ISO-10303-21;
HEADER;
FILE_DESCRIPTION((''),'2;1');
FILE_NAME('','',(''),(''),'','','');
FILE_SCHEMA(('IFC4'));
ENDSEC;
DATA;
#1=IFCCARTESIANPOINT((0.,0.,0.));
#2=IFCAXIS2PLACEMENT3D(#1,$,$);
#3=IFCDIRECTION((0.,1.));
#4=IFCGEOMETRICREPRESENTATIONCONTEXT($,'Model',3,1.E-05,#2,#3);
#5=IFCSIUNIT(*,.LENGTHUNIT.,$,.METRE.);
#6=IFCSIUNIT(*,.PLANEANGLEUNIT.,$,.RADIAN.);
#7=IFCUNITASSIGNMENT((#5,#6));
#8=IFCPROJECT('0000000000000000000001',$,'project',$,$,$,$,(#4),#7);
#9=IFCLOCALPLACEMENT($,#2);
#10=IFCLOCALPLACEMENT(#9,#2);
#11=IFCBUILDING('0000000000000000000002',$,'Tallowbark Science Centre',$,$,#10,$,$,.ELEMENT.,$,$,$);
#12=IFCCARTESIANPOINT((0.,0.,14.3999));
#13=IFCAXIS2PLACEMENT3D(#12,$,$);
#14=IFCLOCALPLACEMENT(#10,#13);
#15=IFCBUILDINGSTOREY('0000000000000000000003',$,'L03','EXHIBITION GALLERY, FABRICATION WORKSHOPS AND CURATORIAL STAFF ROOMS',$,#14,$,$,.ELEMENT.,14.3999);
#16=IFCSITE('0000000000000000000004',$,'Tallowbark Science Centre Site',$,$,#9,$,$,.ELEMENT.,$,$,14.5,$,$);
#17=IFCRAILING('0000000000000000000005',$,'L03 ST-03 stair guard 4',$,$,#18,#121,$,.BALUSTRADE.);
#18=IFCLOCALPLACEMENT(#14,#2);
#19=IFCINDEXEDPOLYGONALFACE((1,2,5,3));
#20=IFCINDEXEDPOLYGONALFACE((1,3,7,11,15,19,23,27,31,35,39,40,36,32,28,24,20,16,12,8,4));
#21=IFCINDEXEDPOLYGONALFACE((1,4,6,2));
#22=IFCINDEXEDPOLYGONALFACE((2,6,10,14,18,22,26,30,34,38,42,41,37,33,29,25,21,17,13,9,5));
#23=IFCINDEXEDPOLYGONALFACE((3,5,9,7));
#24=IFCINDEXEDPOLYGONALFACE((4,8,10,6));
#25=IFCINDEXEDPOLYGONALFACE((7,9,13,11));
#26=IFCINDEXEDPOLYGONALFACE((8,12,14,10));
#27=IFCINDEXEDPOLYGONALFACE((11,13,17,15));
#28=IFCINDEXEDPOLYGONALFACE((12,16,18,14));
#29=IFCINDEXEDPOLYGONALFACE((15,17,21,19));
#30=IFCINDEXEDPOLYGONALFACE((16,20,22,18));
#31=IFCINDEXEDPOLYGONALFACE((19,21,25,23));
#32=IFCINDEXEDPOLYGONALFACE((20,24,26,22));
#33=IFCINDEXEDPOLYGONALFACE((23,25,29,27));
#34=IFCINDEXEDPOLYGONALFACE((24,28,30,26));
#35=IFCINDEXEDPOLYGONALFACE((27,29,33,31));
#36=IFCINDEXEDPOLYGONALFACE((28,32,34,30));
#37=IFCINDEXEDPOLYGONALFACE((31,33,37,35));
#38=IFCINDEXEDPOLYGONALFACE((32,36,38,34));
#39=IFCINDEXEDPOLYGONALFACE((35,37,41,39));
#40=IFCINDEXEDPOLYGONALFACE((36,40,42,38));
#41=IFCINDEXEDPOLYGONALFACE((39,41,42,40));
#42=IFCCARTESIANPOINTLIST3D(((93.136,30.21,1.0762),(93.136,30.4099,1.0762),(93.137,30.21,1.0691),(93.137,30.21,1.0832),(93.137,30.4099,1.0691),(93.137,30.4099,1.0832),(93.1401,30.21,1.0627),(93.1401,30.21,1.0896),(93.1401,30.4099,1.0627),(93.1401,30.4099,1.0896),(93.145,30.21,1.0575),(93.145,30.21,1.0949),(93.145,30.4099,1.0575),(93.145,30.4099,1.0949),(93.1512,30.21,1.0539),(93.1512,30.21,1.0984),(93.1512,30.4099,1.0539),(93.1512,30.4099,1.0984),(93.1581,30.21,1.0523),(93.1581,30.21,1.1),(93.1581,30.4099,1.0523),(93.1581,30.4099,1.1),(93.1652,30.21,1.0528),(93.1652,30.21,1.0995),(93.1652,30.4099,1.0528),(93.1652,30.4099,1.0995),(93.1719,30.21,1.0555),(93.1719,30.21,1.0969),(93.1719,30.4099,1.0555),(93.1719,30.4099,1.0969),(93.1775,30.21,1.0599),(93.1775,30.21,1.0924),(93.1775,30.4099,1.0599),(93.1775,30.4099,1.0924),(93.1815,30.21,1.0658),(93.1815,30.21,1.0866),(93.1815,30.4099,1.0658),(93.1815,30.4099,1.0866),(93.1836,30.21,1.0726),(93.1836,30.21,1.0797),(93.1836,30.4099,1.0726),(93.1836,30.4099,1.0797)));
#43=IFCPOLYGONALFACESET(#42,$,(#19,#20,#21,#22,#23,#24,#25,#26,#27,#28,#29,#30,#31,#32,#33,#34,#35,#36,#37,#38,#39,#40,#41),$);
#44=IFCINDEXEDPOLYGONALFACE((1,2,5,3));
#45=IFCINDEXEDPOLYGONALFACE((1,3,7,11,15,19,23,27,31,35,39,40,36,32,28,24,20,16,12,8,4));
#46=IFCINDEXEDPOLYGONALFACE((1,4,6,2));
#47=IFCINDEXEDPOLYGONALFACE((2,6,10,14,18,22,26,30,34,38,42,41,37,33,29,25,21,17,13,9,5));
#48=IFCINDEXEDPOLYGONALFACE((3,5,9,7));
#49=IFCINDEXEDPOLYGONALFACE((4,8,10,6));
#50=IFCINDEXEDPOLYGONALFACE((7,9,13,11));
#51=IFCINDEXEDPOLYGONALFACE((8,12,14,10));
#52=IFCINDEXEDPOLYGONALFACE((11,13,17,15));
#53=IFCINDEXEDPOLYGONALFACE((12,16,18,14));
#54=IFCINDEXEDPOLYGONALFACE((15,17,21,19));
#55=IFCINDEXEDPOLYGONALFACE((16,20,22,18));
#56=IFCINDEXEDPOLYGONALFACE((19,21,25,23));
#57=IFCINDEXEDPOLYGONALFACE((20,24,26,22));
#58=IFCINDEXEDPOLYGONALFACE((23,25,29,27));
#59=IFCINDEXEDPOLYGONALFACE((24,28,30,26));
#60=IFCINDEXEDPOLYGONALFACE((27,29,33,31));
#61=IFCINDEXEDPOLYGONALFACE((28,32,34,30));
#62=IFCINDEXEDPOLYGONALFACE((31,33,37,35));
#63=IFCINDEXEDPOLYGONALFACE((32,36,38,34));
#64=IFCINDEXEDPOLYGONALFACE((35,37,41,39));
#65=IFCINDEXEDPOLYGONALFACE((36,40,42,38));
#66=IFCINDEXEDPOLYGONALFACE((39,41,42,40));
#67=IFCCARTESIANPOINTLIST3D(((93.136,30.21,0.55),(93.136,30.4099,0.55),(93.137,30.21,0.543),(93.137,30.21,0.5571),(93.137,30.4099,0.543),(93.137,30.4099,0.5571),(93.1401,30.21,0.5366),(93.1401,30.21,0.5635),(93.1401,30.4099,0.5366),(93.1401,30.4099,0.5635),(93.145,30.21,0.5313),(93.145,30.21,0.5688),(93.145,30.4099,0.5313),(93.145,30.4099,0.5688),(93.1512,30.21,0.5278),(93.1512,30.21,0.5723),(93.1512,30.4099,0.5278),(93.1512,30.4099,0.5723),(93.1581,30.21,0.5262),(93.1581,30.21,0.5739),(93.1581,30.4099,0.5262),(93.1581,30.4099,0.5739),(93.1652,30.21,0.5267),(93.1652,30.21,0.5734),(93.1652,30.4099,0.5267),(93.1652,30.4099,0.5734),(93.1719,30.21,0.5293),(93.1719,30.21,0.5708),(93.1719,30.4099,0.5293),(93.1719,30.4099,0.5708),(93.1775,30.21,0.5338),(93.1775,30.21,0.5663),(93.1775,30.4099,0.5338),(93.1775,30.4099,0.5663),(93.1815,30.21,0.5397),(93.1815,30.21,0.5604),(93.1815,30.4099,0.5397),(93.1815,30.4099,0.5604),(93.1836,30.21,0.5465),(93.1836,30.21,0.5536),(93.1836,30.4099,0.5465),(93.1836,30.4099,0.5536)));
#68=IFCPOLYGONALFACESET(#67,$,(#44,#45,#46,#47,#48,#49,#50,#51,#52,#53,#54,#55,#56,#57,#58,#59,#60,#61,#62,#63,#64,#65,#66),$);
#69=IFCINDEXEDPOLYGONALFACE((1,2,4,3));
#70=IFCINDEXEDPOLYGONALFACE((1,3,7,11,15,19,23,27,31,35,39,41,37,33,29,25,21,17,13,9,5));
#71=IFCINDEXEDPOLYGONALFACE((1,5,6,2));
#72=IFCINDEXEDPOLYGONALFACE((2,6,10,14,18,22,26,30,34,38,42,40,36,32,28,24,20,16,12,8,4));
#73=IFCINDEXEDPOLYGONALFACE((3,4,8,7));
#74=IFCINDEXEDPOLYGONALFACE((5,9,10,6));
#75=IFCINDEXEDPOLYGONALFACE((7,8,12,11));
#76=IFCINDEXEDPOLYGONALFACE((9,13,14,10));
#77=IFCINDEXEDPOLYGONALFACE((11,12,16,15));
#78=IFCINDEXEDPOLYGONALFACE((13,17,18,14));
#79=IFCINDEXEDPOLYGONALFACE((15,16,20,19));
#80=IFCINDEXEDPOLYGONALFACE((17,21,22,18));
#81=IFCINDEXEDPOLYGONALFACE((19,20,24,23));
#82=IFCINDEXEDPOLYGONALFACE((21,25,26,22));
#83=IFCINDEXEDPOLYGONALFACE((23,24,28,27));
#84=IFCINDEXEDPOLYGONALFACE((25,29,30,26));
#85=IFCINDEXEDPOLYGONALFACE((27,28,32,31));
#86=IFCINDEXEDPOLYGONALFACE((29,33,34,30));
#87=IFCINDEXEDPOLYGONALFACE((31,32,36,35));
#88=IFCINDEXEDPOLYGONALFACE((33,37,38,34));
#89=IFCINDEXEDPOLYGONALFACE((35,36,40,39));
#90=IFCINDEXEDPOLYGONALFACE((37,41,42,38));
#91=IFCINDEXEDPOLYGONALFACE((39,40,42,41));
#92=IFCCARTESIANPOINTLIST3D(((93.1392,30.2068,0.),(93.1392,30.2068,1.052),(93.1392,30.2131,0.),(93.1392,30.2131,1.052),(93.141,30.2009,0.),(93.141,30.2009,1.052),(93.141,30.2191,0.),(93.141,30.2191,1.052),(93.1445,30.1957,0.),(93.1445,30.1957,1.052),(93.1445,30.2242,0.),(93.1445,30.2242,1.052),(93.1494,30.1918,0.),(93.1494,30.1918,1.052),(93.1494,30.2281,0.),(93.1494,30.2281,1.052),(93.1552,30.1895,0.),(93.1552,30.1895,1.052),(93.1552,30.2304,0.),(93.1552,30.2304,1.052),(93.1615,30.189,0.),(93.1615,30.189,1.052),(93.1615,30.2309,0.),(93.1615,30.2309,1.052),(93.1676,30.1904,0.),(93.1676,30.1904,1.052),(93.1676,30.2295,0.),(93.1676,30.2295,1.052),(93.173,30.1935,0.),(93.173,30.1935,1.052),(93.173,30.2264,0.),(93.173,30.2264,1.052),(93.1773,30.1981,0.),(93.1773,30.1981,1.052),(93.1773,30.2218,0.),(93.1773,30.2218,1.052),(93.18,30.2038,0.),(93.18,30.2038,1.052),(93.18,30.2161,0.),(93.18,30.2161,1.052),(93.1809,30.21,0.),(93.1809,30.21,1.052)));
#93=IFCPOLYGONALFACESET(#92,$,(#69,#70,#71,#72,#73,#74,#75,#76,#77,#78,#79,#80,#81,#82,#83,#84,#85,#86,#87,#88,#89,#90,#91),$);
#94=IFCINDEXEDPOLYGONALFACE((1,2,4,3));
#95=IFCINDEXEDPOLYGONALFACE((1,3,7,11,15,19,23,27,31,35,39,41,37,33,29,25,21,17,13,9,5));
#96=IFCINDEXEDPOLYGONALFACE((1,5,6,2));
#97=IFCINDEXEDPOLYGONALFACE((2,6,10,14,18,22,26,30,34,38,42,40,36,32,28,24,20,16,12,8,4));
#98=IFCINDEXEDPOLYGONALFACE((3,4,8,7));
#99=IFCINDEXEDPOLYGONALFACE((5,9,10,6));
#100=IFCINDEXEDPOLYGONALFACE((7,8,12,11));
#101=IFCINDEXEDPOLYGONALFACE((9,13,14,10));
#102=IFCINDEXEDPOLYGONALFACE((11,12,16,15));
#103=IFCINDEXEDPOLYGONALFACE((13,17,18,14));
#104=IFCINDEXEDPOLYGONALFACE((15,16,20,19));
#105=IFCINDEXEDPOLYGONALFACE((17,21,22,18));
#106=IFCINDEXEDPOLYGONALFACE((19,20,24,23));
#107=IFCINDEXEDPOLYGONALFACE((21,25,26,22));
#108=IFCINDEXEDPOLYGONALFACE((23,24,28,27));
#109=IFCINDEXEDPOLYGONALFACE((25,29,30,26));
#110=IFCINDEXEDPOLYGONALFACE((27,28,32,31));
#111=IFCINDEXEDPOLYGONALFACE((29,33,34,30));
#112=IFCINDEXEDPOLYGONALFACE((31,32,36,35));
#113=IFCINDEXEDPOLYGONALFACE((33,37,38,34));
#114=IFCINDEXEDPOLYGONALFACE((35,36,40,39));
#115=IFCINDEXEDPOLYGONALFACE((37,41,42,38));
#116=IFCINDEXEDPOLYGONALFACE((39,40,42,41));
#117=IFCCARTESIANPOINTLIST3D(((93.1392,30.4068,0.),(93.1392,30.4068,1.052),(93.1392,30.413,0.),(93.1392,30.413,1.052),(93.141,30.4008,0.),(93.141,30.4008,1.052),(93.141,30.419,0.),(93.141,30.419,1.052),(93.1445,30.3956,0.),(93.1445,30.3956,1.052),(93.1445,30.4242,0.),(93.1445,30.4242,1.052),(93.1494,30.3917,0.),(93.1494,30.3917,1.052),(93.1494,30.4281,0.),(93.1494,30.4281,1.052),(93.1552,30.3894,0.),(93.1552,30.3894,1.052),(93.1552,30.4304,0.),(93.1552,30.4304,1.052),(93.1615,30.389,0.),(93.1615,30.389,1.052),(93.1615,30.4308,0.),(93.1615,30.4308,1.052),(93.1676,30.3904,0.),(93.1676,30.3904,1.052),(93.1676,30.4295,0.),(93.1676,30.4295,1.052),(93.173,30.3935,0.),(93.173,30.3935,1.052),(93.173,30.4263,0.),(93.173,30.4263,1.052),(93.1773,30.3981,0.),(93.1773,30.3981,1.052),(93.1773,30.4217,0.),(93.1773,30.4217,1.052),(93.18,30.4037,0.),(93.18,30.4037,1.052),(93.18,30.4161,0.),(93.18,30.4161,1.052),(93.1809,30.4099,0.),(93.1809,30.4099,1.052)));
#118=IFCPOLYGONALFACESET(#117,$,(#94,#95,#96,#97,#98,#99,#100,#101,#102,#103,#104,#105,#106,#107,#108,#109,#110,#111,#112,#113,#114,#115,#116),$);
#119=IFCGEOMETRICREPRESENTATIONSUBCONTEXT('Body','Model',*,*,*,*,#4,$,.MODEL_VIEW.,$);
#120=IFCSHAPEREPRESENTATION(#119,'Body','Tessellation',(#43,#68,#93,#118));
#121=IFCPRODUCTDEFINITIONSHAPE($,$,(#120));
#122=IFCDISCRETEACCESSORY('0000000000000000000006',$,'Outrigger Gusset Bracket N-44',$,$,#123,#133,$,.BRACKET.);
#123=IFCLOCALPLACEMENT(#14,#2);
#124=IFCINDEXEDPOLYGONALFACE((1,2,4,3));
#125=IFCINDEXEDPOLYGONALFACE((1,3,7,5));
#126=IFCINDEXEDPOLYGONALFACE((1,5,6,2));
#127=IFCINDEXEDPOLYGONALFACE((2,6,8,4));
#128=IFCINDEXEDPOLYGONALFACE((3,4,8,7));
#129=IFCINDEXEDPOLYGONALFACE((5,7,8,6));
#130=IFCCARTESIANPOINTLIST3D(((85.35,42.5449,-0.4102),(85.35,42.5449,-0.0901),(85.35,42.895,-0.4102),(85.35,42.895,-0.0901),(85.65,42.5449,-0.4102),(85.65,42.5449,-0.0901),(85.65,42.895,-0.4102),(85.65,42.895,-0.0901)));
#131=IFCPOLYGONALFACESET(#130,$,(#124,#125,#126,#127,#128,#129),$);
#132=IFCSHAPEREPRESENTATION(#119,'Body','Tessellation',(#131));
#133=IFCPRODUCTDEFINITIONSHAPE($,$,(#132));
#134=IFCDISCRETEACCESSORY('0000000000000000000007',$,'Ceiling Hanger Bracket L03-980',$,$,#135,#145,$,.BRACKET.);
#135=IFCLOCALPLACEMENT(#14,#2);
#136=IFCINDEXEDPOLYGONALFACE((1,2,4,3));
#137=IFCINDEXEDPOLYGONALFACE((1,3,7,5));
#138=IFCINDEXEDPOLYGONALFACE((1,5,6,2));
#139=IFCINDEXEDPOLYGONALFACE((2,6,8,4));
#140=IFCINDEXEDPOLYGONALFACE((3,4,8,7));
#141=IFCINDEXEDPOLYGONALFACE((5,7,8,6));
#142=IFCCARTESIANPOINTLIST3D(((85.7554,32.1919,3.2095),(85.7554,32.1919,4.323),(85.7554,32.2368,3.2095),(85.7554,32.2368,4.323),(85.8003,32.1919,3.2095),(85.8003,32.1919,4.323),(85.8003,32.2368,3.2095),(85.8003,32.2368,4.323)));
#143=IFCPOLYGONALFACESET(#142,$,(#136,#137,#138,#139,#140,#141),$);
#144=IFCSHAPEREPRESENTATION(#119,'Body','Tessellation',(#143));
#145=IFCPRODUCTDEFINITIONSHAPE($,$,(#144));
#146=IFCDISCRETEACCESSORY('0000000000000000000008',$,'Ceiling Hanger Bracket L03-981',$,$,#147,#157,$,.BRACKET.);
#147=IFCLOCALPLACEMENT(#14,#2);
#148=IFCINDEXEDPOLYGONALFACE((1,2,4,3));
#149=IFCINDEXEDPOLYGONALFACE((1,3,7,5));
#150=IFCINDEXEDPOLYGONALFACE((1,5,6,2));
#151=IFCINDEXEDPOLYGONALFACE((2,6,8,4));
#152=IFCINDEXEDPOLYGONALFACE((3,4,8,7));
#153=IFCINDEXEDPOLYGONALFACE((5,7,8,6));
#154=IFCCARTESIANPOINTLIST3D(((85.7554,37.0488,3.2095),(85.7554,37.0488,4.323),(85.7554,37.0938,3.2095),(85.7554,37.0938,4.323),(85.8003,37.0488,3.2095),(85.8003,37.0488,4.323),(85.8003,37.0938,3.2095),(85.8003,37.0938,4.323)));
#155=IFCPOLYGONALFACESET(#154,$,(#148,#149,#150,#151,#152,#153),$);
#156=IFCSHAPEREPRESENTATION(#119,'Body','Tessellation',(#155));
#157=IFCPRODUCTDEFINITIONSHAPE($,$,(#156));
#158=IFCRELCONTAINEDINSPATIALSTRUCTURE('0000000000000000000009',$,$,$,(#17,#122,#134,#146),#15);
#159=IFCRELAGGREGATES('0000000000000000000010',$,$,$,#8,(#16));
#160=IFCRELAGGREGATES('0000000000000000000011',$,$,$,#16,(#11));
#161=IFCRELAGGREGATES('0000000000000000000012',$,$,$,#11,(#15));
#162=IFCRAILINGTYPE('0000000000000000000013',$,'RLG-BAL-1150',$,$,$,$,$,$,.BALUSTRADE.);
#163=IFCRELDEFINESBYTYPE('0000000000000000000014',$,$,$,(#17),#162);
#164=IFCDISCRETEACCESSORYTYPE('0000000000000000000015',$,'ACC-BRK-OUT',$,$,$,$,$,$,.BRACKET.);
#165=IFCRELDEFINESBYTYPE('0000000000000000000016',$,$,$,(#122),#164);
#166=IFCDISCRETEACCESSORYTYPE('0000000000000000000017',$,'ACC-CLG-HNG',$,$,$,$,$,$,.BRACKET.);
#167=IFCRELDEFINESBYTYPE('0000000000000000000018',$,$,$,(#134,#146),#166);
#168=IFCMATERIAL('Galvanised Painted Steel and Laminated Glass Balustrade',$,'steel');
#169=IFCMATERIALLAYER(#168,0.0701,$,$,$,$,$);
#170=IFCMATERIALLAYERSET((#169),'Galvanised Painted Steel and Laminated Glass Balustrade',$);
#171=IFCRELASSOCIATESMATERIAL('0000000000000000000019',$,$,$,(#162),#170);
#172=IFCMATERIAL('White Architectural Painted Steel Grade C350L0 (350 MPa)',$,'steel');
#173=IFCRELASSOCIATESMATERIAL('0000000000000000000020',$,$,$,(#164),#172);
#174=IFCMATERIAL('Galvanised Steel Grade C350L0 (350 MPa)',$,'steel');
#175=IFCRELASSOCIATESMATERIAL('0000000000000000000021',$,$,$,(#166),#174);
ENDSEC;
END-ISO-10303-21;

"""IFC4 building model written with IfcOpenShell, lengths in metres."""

from ifc_helpers import new_model, si_unit, direction, frame, origin, origin_2d, place, context, subcontext, project, spatial, rectangle, circle, extrude, material, layer, layer_set, type_object, element, save


model = new_model("IFC4")

# Units and contexts
model_context = context("Model", 3, precision=1e-05, world=origin(), true_north=direction((0.0, 1.0)))
body_context = subcontext(model_context, "Body", "Model", "MODEL_VIEW")
ifc_project = project(units=[si_unit("LENGTHUNIT", "METRE"), si_unit("PLANEANGLEUNIT", "RADIAN")], contexts=[model_context])

# Site, building, storey
site_placement = place(None, origin())
site = spatial("IfcSite", under=ifc_project, at=site_placement, Name="Tallowbark Science Centre Site", CompositionType="ELEMENT", RefElevation=14.5)
building_placement = place(site_placement, origin())
building = spatial("IfcBuilding", under=site, at=building_placement, Name="Tallowbark Science Centre", CompositionType="ELEMENT")
storey_placement = place(building_placement, frame((0.0, 0.0, 14.3999)))
storey = spatial("IfcBuildingStorey", under=building, at=storey_placement, Name="L03", Description="EXHIBITION GALLERY, FABRICATION WORKSHOPS AND CURATORIAL STAFF ROOMS", CompositionType="ELEMENT", Elevation=14.3999)

# Shared definitions
ifc_material_1 = material(Name="White Architectural Painted Steel Grade C350L0 (350 MPa)", Category="steel")

# Railing
ifc_material_2 = material(Name="Galvanised Painted Steel and Laminated Glass Balustrade", Category="steel")
ifc_layer_1 = layer(ifc_material_2, 0.0701)
ifc_layer_set_1 = layer_set([ifc_layer_1], Name="Galvanised Painted Steel and Laminated Glass Balustrade")
railing_type = type_object("IfcRailingType", Name="RLG-BAL-1150", PredefinedType="BALUSTRADE", material=ifc_layer_set_1)
railing_1_placement = place(storey_placement, frame((93.1599, 30.21, 0.0)))
element("IfcRailing", 1, at=railing_1_placement, inside=storey, type_object=railing_type, Name="L03 ST-03 stair guard 4", PredefinedType="BALUSTRADE", context=body_context, shape_type="SweptSolid", body=[
    extrude(circle(Radius=0.0239, at=origin_2d()), frame((0.0, 0.0, 1.0762), z_axis=(0.0, 1.0, 0.0), x_axis=(-1.0, 0.0, 0.0)), (0.0, 0.0, 1.0), 0.2),
    extrude(circle(Radius=0.0239, at=origin_2d()), frame((0.0, 0.0, 0.55), z_axis=(0.0, 1.0, 0.0), x_axis=(-1.0, 0.0, 0.0)), (0.0, 0.0, 1.0), 0.2),
    extrude(circle(Radius=0.021, at=origin_2d()), origin(), (0.0, 0.0, 1.0), 1.052),
    extrude(circle(Radius=0.021, at=origin_2d()), frame((0.0, 0.2, 0.0)), (0.0, 0.0, 1.0), 1.052),
])

# Discrete accessories
discrete_accessory_type_1 = type_object("IfcDiscreteAccessoryType", Name="ACC-BRK-OUT", PredefinedType="BRACKET", material=ifc_material_1)
discrete_accessory_placement = place(storey_placement, frame((85.5, 42.72, -0.4102), z_axis=(0.0, 0.0, 1.0), x_axis=(1.0, 0.0, 0.0)))
element("IfcDiscreteAccessory", 2, at=discrete_accessory_placement, inside=storey, type_object=discrete_accessory_type_1, Name="Outrigger Gusset Bracket N-44", PredefinedType="BRACKET", context=body_context, shape_type="SweptSolid", body=[
    extrude(rectangle(XDim=0.3, YDim=0.3501, at=origin_2d()), origin(), (0.0, 0.0, 1.0), 0.3201),
])
ifc_material_3 = material(Name="Galvanised Steel Grade C350L0 (350 MPa)", Category="steel")
discrete_accessory_type_2 = type_object("IfcDiscreteAccessoryType", Name="ACC-CLG-HNG", PredefinedType="BRACKET", material=ifc_material_3)
for number, where, z_axis, x_axis, name in (
    (3, (85.7778, 32.2144, 3.2095), (0.0, 0.0, 1.0), (1.0, 0.0, 0.0), "Ceiling Hanger Bracket L03-980"),
    (4, (85.7778, 37.0713, 3.2095), (0.0, 0.0, 1.0), (1.0, 0.0, 0.0), "Ceiling Hanger Bracket L03-981"),
):
    element("IfcDiscreteAccessory", number, at=place(storey_placement, frame(where, z_axis=z_axis, x_axis=x_axis)), inside=storey, type_object=discrete_accessory_type_2, Name=name, PredefinedType="BRACKET", context=body_context, shape_type="SweptSolid", body=[
        extrude(rectangle(XDim=0.0449, YDim=0.0449, at=origin_2d()), origin(), (0.0, 0.0, 1.0), 1.1135),
    ])

save(model, "model.ifc")
